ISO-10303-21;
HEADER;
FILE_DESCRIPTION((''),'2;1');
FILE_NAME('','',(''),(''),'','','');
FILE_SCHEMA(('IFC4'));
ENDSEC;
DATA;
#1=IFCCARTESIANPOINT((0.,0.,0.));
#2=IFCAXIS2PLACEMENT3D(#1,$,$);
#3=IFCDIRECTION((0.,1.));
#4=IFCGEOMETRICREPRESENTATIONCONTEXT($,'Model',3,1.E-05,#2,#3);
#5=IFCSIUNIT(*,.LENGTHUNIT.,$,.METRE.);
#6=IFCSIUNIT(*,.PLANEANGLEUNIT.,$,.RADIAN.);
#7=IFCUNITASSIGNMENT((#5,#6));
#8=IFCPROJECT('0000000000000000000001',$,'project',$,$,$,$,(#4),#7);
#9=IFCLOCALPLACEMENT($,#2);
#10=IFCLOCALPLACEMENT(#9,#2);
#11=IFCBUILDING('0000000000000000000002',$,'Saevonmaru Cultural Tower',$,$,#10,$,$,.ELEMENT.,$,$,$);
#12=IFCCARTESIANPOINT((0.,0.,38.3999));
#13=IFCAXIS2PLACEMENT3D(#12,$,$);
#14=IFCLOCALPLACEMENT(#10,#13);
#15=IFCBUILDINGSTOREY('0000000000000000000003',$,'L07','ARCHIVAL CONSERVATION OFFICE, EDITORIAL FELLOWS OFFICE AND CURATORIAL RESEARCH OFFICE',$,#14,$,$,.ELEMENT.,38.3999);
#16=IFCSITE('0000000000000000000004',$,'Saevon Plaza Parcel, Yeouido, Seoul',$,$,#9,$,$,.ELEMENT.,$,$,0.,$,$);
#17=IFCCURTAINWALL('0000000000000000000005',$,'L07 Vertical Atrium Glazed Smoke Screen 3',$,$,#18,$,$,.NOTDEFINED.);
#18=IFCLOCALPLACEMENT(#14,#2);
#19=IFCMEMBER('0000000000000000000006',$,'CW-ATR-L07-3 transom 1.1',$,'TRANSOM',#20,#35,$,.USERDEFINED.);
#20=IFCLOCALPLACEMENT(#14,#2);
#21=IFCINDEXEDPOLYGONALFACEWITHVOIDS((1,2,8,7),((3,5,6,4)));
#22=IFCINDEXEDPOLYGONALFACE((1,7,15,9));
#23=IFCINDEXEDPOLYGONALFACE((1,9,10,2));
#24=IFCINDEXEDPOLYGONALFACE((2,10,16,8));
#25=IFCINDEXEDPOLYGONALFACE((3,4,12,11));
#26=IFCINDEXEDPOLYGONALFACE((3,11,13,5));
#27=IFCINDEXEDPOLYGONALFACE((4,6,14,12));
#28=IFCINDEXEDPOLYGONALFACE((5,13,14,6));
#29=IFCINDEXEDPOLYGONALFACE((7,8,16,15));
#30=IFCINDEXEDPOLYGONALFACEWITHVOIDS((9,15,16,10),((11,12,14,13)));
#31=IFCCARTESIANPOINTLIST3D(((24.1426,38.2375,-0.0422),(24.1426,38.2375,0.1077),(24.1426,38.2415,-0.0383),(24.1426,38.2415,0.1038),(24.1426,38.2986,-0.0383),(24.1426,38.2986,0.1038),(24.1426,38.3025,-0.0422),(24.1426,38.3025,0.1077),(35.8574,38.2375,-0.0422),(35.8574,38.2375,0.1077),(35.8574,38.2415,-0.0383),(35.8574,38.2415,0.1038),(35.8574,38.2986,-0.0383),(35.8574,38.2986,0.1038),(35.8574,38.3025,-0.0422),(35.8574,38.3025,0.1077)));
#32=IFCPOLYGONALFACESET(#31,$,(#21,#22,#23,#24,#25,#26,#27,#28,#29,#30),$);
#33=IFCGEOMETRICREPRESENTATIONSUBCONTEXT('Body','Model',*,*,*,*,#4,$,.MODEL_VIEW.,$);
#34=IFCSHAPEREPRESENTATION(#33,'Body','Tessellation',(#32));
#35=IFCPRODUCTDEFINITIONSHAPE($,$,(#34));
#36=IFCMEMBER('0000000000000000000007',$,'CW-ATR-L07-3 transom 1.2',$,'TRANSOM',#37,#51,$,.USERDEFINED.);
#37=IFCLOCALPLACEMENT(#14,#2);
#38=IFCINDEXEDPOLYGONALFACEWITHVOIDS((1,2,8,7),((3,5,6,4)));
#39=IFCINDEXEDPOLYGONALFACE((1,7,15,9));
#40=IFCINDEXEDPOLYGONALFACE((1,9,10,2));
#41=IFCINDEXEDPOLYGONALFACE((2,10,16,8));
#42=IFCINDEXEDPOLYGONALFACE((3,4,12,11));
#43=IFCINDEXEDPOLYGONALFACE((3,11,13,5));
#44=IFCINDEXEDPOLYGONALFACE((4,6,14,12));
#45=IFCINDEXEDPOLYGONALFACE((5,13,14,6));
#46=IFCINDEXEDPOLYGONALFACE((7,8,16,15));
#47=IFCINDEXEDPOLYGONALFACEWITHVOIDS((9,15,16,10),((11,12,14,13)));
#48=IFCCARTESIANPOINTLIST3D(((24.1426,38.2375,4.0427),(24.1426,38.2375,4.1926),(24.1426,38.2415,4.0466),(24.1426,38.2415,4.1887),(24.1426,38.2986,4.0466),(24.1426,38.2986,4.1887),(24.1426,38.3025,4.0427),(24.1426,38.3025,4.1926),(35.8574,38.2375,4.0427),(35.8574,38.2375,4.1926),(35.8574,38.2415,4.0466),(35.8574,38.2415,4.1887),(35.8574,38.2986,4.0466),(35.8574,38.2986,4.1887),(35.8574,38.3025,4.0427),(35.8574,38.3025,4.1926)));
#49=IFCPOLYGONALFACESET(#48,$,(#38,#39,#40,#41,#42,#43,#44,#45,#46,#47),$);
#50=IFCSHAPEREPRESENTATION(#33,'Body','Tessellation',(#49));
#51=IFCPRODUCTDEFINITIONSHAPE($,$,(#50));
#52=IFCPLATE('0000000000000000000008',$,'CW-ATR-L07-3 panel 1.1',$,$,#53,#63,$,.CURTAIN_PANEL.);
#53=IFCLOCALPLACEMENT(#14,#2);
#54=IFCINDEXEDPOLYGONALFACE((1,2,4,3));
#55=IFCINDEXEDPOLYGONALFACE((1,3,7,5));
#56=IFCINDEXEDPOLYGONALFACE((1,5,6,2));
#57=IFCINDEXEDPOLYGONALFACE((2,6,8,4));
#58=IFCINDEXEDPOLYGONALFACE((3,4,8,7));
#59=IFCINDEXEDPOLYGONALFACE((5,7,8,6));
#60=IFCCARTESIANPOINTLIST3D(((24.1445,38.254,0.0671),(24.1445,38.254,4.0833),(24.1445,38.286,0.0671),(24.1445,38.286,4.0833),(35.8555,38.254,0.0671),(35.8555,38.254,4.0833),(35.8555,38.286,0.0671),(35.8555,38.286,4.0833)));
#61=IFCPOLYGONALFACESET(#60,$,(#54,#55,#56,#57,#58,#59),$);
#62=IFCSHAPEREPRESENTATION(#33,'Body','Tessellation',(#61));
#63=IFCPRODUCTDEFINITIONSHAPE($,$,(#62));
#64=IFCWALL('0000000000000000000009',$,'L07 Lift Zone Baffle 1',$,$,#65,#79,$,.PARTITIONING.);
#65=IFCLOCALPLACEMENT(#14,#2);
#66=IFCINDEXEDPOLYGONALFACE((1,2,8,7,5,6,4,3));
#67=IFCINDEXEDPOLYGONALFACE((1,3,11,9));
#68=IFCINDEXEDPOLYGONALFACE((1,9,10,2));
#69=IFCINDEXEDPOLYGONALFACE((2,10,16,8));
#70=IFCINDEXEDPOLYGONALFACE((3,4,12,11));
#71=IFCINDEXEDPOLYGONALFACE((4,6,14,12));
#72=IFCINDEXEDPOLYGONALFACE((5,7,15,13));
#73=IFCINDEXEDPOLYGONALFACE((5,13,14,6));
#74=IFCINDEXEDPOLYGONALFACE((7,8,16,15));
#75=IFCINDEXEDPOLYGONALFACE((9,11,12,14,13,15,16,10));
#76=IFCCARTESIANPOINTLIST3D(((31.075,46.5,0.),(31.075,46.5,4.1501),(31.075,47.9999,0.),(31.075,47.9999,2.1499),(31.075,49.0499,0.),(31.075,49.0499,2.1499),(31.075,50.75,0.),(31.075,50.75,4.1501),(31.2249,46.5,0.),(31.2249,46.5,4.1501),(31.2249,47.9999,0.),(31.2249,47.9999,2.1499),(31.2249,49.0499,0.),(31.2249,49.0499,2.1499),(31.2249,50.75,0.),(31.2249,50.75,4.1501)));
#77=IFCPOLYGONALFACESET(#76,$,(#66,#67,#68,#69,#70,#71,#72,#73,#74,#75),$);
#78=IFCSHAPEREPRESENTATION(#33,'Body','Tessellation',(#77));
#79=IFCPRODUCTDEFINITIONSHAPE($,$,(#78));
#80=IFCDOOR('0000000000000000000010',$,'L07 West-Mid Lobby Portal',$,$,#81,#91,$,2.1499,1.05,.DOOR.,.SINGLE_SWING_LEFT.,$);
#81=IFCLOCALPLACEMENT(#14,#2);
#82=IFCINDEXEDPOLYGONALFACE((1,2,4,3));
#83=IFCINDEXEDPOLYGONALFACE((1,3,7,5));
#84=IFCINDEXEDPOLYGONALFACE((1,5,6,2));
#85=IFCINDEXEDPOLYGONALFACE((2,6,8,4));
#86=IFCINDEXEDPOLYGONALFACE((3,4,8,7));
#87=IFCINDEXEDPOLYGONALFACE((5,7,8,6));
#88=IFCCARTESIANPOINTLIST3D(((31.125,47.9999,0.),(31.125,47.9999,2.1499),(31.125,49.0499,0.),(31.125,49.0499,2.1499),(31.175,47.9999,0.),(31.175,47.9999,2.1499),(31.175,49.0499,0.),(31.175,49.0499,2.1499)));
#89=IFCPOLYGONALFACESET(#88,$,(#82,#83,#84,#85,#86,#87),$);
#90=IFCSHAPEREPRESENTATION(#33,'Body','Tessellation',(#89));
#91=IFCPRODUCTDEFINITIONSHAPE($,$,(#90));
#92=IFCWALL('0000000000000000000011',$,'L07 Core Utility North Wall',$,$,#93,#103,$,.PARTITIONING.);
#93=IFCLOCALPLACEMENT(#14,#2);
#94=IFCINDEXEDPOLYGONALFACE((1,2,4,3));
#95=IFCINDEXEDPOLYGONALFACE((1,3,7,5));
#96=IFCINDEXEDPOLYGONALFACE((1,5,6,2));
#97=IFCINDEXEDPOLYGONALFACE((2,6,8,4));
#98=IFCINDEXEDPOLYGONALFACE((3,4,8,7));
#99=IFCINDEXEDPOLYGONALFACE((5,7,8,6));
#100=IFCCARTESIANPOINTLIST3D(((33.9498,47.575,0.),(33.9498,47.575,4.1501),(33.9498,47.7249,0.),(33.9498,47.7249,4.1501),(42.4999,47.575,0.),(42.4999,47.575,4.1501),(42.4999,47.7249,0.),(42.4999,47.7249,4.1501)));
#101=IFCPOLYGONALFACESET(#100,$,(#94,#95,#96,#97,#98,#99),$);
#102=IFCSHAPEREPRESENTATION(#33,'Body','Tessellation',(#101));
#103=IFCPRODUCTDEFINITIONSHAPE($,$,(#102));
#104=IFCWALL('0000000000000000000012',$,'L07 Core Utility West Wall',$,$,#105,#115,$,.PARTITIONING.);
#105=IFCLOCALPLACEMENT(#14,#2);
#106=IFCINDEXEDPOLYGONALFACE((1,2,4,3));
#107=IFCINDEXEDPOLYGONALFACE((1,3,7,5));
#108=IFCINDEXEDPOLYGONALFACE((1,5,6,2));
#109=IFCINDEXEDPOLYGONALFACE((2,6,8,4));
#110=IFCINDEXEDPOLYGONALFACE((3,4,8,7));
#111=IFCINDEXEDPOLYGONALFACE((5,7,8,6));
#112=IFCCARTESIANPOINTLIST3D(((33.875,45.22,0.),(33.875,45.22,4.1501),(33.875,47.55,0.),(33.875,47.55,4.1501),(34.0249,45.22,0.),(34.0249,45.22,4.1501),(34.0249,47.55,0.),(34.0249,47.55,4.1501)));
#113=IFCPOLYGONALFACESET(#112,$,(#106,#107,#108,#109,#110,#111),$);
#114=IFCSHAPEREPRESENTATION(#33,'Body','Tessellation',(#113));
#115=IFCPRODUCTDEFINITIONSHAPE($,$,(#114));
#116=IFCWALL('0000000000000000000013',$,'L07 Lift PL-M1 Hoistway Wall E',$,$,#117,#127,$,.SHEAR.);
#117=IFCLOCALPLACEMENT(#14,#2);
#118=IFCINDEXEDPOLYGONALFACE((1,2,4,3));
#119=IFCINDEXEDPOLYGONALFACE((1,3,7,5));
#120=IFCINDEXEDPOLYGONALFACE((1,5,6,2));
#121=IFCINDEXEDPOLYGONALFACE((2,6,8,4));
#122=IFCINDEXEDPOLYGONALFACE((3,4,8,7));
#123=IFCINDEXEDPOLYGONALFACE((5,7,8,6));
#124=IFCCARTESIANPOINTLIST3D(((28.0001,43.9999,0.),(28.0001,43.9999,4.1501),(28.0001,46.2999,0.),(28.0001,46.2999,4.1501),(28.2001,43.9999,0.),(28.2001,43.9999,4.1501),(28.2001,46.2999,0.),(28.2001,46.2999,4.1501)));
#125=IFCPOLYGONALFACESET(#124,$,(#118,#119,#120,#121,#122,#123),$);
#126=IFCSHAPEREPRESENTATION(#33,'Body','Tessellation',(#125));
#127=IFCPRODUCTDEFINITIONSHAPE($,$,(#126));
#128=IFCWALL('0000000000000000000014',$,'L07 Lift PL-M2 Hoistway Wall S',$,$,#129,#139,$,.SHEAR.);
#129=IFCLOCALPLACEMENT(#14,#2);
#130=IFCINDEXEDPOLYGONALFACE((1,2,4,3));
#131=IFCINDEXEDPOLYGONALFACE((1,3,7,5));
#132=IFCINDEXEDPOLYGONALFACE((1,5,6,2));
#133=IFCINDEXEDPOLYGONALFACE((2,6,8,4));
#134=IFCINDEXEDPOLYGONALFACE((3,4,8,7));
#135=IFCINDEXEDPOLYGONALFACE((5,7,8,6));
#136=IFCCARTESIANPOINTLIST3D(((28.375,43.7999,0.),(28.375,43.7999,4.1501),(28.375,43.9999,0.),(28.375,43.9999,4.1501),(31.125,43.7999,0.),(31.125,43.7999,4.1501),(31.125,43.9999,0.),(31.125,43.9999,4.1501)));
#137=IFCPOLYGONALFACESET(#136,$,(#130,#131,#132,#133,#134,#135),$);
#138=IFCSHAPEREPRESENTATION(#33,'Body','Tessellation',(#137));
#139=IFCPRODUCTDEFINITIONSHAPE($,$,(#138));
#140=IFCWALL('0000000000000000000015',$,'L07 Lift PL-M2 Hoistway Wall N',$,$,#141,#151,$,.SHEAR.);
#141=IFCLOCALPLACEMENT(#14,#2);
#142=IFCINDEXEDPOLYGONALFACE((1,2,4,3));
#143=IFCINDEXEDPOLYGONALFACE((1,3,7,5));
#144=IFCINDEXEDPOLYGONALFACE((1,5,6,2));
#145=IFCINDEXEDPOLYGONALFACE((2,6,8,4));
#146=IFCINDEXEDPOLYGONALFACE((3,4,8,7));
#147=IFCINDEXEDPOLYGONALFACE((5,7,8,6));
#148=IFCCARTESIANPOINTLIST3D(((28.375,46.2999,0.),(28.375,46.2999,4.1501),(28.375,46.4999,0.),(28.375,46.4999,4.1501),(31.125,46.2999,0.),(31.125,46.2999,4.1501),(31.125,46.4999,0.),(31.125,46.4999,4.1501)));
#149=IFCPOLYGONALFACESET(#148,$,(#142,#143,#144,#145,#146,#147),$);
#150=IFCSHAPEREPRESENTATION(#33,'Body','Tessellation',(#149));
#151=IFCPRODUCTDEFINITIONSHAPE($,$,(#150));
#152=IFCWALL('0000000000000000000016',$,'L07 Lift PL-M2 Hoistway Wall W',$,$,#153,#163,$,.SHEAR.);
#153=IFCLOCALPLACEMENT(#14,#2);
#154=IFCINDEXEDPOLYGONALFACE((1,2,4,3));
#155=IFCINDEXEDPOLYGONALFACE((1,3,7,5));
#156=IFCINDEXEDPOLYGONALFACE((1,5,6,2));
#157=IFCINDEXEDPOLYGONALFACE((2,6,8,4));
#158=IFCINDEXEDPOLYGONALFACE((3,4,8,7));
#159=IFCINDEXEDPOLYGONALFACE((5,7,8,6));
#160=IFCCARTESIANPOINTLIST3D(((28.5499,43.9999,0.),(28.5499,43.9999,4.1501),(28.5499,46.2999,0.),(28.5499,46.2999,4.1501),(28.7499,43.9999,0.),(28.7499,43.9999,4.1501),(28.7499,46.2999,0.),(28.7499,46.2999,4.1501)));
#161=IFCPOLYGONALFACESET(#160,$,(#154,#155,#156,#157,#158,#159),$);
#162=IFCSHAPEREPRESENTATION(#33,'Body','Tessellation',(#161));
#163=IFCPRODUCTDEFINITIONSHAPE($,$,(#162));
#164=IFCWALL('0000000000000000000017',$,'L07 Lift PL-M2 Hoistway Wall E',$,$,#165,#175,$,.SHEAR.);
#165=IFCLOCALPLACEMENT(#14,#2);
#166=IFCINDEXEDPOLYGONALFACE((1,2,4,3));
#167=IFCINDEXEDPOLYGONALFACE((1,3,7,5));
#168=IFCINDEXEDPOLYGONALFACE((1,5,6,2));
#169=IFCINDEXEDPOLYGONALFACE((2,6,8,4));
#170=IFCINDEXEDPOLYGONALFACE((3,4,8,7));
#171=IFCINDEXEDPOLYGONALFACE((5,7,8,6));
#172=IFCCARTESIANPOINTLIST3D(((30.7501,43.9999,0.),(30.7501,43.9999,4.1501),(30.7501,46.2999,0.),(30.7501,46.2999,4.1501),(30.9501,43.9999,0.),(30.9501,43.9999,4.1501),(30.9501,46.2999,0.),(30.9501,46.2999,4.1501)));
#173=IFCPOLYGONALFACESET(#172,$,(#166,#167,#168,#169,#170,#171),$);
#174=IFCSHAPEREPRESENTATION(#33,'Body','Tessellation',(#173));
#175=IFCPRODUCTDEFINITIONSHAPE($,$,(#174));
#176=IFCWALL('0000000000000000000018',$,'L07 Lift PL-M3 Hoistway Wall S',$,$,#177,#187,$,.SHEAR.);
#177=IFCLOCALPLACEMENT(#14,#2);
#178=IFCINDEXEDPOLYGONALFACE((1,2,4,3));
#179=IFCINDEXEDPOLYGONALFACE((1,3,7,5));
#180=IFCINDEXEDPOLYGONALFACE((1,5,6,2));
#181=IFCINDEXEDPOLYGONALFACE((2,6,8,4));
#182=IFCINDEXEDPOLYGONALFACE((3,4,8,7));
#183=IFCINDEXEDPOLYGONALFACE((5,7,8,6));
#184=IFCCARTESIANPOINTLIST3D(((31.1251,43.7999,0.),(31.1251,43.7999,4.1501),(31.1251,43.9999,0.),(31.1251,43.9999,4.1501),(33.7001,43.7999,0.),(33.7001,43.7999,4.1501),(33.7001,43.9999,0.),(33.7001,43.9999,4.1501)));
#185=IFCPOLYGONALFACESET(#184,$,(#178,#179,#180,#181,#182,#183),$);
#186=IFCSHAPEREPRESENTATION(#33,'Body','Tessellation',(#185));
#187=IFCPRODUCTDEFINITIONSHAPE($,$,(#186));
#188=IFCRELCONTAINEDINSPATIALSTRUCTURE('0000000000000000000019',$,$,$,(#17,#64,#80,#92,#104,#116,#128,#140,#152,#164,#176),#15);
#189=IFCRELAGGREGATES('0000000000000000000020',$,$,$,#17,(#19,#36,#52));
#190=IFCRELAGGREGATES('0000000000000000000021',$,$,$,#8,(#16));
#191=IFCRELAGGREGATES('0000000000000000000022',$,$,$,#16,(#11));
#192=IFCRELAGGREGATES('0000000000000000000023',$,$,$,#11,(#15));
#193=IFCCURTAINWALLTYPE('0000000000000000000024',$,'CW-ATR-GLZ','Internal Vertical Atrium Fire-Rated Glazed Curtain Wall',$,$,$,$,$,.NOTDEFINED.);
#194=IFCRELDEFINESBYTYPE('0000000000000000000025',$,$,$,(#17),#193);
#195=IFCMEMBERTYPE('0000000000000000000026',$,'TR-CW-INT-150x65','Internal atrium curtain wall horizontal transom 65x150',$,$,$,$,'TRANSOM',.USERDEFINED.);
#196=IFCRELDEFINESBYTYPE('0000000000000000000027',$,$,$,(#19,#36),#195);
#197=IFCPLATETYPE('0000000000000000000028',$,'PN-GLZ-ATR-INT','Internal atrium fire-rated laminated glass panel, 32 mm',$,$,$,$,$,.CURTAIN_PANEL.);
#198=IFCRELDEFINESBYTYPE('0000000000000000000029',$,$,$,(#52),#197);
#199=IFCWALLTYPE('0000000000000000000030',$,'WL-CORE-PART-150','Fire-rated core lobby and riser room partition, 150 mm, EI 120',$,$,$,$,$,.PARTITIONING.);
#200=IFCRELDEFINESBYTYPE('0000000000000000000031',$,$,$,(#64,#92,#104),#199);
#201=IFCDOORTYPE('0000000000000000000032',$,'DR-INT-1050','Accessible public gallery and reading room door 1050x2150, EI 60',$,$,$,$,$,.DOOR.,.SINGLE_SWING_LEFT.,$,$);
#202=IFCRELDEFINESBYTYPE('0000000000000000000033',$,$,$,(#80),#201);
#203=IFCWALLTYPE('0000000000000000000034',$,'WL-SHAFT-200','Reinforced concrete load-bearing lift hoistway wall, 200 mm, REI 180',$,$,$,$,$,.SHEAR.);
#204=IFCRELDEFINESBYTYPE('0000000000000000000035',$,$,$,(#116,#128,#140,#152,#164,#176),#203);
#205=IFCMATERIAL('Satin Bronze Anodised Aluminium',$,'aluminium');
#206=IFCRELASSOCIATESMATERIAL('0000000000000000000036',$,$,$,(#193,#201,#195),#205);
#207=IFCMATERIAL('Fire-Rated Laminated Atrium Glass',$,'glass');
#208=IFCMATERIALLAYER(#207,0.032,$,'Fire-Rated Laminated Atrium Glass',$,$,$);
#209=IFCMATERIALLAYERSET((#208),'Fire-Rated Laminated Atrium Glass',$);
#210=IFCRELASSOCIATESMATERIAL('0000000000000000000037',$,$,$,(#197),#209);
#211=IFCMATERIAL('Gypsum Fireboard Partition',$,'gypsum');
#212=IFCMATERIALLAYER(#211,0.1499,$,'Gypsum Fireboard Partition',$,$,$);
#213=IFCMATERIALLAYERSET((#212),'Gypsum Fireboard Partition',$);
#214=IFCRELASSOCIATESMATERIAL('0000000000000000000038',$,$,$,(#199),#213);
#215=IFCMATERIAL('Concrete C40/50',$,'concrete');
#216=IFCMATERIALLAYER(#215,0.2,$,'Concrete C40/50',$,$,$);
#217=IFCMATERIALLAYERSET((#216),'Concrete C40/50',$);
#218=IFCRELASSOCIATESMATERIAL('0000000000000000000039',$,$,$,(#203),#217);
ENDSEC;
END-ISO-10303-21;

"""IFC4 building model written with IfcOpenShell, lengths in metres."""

from ifc_helpers import new_model, si_unit, direction, frame, frame_2d, origin, origin_2d, place, context, subcontext, project, spatial, rectangle, hollow_rectangle, extrude, material, layer, layer_set, material_profile, profile_set, type_object, element, fill, aggregate, save


model = new_model("IFC4")

# Units and contexts
model_context = context("Model", 3, precision=1e-05, world=origin(), true_north=direction((0.0, 1.0)))
body_context = subcontext(model_context, "Body", "Model", "MODEL_VIEW")
ifc_project = project(units=[si_unit("LENGTHUNIT", "METRE"), si_unit("PLANEANGLEUNIT", "RADIAN")], contexts=[model_context])

# Site, building, storey
site_placement = place(None, origin())
site = spatial("IfcSite", under=ifc_project, at=site_placement, Name="Saevon Plaza Parcel, Yeouido, Seoul", CompositionType="ELEMENT", RefElevation=0.0)
building_placement = place(site_placement, origin())
building = spatial("IfcBuilding", under=site, at=building_placement, Name="Saevonmaru Cultural Tower", CompositionType="ELEMENT")
storey_placement = place(building_placement, frame((0.0, 0.0, 38.3999)))
storey = spatial("IfcBuildingStorey", under=building, at=storey_placement, Name="L07", Description="ARCHIVAL CONSERVATION OFFICE, EDITORIAL FELLOWS OFFICE AND CURATORIAL RESEARCH OFFICE", CompositionType="ELEMENT", Elevation=38.3999)

# Curtain wall, members, plate
ifc_material_1 = material(Name="Satin Bronze Anodised Aluminium", Category="aluminium")
curtain_wall_type = type_object("IfcCurtainWallType", Name="CW-ATR-GLZ", Description="Internal Vertical Atrium Fire-Rated Glazed Curtain Wall", PredefinedType="NOTDEFINED", material=ifc_material_1)
curtain_wall_placement = place(storey_placement, origin())
curtain_wall = element("IfcCurtainWall", 1, at=curtain_wall_placement, inside=storey, type_object=curtain_wall_type, Name="L07 Vertical Atrium Glazed Smoke Screen 3", PredefinedType="NOTDEFINED")
ifc_material_profile = material_profile(ifc_material_1, hollow_rectangle(XDim=0.0649, YDim=0.1499, WallThickness=0.0039, at=origin_2d()), Name="ALU-TRAN-150x65x4")
ifc_profile_set = profile_set([ifc_material_profile], Name="Satin Bronze Anodised Aluminium")
member_type = type_object("IfcMemberType", Name="TR-CW-INT-150x65", Description="Internal atrium curtain wall horizontal transom 65x150", ElementType="TRANSOM", PredefinedType="USERDEFINED", material=ifc_profile_set)
member_1_placement = place(storey_placement, frame((35.8574, 38.27, 0.0327), z_axis=(-1.0, 0.0, 0.0), x_axis=(0.0, -1.0, 0.0)))
member_1 = element("IfcMember", 2, at=member_1_placement, type_object=member_type, Name="CW-ATR-L07-3 transom 1.1", ObjectType="TRANSOM", PredefinedType="USERDEFINED", context=body_context, shape_type="SweptSolid", body=[
    extrude(hollow_rectangle(XDim=0.0649, YDim=0.1499, WallThickness=0.0039, at=origin_2d()), origin(), (0.0, 0.0, 1.0), 11.7148),
])
member_2_placement = place(storey_placement, frame((35.8574, 38.27, 4.1177), z_axis=(-1.0, 0.0, 0.0), x_axis=(0.0, -1.0, 0.0)))
member_2 = element("IfcMember", 3, at=member_2_placement, type_object=member_type, Name="CW-ATR-L07-3 transom 1.2", ObjectType="TRANSOM", PredefinedType="USERDEFINED", context=body_context, shape_type="SweptSolid", body=[
    extrude(hollow_rectangle(XDim=0.0649, YDim=0.1499, WallThickness=0.0039, at=origin_2d()), origin(), (0.0, 0.0, 1.0), 11.7148),
])
ifc_material_2 = material(Name="Fire-Rated Laminated Atrium Glass", Category="glass")
ifc_layer_1 = layer(ifc_material_2, 0.032, Name="Fire-Rated Laminated Atrium Glass")
ifc_layer_set_1 = layer_set([ifc_layer_1], Name="Fire-Rated Laminated Atrium Glass")
plate_type = type_object("IfcPlateType", Name="PN-GLZ-ATR-INT", Description="Internal atrium fire-rated laminated glass panel, 32 mm", PredefinedType="CURTAIN_PANEL", material=ifc_layer_set_1)
plate_placement = place(storey_placement, frame((30.0, 38.27, 0.0671), z_axis=(0.0, 0.0, 1.0), x_axis=(-1.0, 0.0, 0.0)))
plate = element("IfcPlate", 4, at=plate_placement, type_object=plate_type, Name="CW-ATR-L07-3 panel 1.1", PredefinedType="CURTAIN_PANEL", context=body_context, shape_type="SweptSolid", body=[
    extrude(rectangle(XDim=11.7109, YDim=0.032, at=origin_2d()), origin(), (0.0, 0.0, 1.0), 4.0161),
])
aggregate(curtain_wall, [member_1, member_2, plate])

# Wall, opening, door
ifc_material_3 = material(Name="Gypsum Fireboard Partition", Category="gypsum")
ifc_layer_2 = layer(ifc_material_3, 0.1499, Name="Gypsum Fireboard Partition")
ifc_layer_set_2 = layer_set([ifc_layer_2], Name="Gypsum Fireboard Partition")
wall_type_1 = type_object("IfcWallType", Name="WL-CORE-PART-150", Description="Fire-rated core lobby and riser room partition, 150 mm, EI 120", PredefinedType="PARTITIONING", material=ifc_layer_set_2)
wall_1_placement = place(storey_placement, frame((31.1499, 46.5, 0.0), z_axis=(0.0, 0.0, 1.0), x_axis=(0.0, 1.0, 0.0)))
wall_1 = element("IfcWall", 5, at=wall_1_placement, inside=storey, type_object=wall_type_1, Name="L07 Lift Zone Baffle 1", PredefinedType="PARTITIONING", context=body_context, shape_type="SweptSolid", body=[
    extrude(rectangle(XDim=4.25, YDim=0.1499, at=frame_2d((2.125, 0.0))), origin(), (0.0, 0.0, 1.0), 4.1501),
])
opening_1_placement = place(wall_1_placement, frame((1.5, 0.0, 0.0)))
opening_1 = element("IfcOpeningElement", 6, at=opening_1_placement, cuts=wall_1, PredefinedType="OPENING", context=body_context, shape_type="SweptSolid", body=[
    extrude(rectangle(XDim=1.05, YDim=2.1499, at=frame_2d((0.5249, 1.075))), frame((0.0, 0.085, 0.0), z_axis=(0.0, -1.0, 0.0), x_axis=(1.0, 0.0, 0.0)), (0.0, 0.0, 1.0), 0.1699),
])
door_type_1 = type_object("IfcDoorType", Name="DR-INT-1050", Description="Accessible public gallery and reading room door 1050x2150, EI 60", OperationType="SINGLE_SWING_LEFT", PredefinedType="DOOR", material=ifc_material_1)
door_1_placement = place(opening_1_placement, origin())
door_1 = element("IfcDoor", 7, at=door_1_placement, inside=storey, type_object=door_type_1, Name="L07 West-Mid Lobby Portal", OperationType="SINGLE_SWING_LEFT", OverallHeight=2.1499, OverallWidth=1.05, PredefinedType="DOOR", context=body_context, shape_type="SweptSolid", body=[
    extrude(rectangle(XDim=1.05, YDim=2.1499, at=frame_2d((0.5249, 1.075))), frame((0.0, 0.0249, 0.0), z_axis=(0.0, -1.0, 0.0), x_axis=(1.0, 0.0, 0.0)), (0.0, 0.0, 1.0), 0.05),
])
fill(opening_1, door_1)

# Walls
wall_2_placement = place(storey_placement, frame((33.95, 47.6499, 0.0), z_axis=(0.0, 0.0, 1.0), x_axis=(1.0, 0.0, 0.0)))
element("IfcWall", 8, at=wall_2_placement, inside=storey, type_object=wall_type_1, Name="L07 Core Utility North Wall", PredefinedType="PARTITIONING", context=body_context, shape_type="SweptSolid", body=[
    extrude(rectangle(XDim=8.55, YDim=0.1499, at=frame_2d((4.2749, 0.0))), origin(), (0.0, 0.0, 1.0), 4.1501),
])
wall_3_placement = place(storey_placement, frame((33.95, 45.22, 0.0), z_axis=(0.0, 0.0, 1.0), x_axis=(0.0, 1.0, 0.0)))
element("IfcWall", 9, at=wall_3_placement, inside=storey, type_object=wall_type_1, Name="L07 Core Utility West Wall", PredefinedType="PARTITIONING", context=body_context, shape_type="SweptSolid", body=[
    extrude(rectangle(XDim=2.3301, YDim=0.1499, at=frame_2d((1.165, 0.0))), origin(), (0.0, 0.0, 1.0), 4.1501),
])
ifc_material_4 = material(Name="Concrete C40/50", Category="concrete")
ifc_layer_3 = layer(ifc_material_4, 0.2, Name="Concrete C40/50")
ifc_layer_set_3 = layer_set([ifc_layer_3], Name="Concrete C40/50")
wall_type_2 = type_object("IfcWallType", Name="WL-SHAFT-200", Description="Reinforced concrete load-bearing lift hoistway wall, 200 mm, REI 180", PredefinedType="SHEAR", material=ifc_layer_set_3)
wall_4_placement = place(storey_placement, frame((28.1001, 44.0, 0.0), z_axis=(0.0, 0.0, 1.0), x_axis=(0.0, 1.0, 0.0)))
element("IfcWall", 10, at=wall_4_placement, inside=storey, type_object=wall_type_2, Name="L07 Lift PL-M1 Hoistway Wall E", PredefinedType="SHEAR", context=body_context, shape_type="SweptSolid", body=[
    extrude(rectangle(XDim=2.3, YDim=0.2, at=frame_2d((1.1499, 0.0))), origin(), (0.0, 0.0, 1.0), 4.1501),
])
for number, where, z_axis, x_axis, name in (
    (11, (28.375, 43.8999, 0.0), (0.0, 0.0, 1.0), (1.0, 0.0, 0.0), "L07 Lift PL-M2 Hoistway Wall S"),
    (12, (28.375, 46.3999, 0.0), (0.0, 0.0, 1.0), (1.0, 0.0, 0.0), "L07 Lift PL-M2 Hoistway Wall N"),
):
    element("IfcWall", number, at=place(storey_placement, frame(where, z_axis=z_axis, x_axis=x_axis)), inside=storey, type_object=wall_type_2, Name=name, PredefinedType="SHEAR", context=body_context, shape_type="SweptSolid", body=[
        extrude(rectangle(XDim=2.75, YDim=0.2, at=frame_2d((1.375, 0.0))), origin(), (0.0, 0.0, 1.0), 4.1501),
    ])
for number, where, z_axis, x_axis, name in (
    (13, (28.6499, 44.0, 0.0), (0.0, 0.0, 1.0), (0.0, 1.0, 0.0), "L07 Lift PL-M2 Hoistway Wall W"),
    (14, (30.8501, 44.0, 0.0), (0.0, 0.0, 1.0), (0.0, 1.0, 0.0), "L07 Lift PL-M2 Hoistway Wall E"),
):
    element("IfcWall", number, at=place(storey_placement, frame(where, z_axis=z_axis, x_axis=x_axis)), inside=storey, type_object=wall_type_2, Name=name, PredefinedType="SHEAR", context=body_context, shape_type="SweptSolid", body=[
        extrude(rectangle(XDim=2.3, YDim=0.2, at=frame_2d((1.1499, 0.0))), origin(), (0.0, 0.0, 1.0), 4.1501),
    ])
for number, where, z_axis, x_axis, name in (
    (15, (31.125, 43.8999, 0.0), (0.0, 0.0, 1.0), (1.0, 0.0, 0.0), "L07 Lift PL-M3 Hoistway Wall S"),
):
    element("IfcWall", number, at=place(storey_placement, frame(where, z_axis=z_axis, x_axis=x_axis)), inside=storey, type_object=wall_type_2, Name=name, PredefinedType="SHEAR", context=body_context, shape_type="SweptSolid", body=[
        extrude(rectangle(XDim=2.575, YDim=0.2, at=frame_2d((1.2876, 0.0))), origin(), (0.0, 0.0, 1.0), 4.1501),
    ])

save(model, "model.ifc")
